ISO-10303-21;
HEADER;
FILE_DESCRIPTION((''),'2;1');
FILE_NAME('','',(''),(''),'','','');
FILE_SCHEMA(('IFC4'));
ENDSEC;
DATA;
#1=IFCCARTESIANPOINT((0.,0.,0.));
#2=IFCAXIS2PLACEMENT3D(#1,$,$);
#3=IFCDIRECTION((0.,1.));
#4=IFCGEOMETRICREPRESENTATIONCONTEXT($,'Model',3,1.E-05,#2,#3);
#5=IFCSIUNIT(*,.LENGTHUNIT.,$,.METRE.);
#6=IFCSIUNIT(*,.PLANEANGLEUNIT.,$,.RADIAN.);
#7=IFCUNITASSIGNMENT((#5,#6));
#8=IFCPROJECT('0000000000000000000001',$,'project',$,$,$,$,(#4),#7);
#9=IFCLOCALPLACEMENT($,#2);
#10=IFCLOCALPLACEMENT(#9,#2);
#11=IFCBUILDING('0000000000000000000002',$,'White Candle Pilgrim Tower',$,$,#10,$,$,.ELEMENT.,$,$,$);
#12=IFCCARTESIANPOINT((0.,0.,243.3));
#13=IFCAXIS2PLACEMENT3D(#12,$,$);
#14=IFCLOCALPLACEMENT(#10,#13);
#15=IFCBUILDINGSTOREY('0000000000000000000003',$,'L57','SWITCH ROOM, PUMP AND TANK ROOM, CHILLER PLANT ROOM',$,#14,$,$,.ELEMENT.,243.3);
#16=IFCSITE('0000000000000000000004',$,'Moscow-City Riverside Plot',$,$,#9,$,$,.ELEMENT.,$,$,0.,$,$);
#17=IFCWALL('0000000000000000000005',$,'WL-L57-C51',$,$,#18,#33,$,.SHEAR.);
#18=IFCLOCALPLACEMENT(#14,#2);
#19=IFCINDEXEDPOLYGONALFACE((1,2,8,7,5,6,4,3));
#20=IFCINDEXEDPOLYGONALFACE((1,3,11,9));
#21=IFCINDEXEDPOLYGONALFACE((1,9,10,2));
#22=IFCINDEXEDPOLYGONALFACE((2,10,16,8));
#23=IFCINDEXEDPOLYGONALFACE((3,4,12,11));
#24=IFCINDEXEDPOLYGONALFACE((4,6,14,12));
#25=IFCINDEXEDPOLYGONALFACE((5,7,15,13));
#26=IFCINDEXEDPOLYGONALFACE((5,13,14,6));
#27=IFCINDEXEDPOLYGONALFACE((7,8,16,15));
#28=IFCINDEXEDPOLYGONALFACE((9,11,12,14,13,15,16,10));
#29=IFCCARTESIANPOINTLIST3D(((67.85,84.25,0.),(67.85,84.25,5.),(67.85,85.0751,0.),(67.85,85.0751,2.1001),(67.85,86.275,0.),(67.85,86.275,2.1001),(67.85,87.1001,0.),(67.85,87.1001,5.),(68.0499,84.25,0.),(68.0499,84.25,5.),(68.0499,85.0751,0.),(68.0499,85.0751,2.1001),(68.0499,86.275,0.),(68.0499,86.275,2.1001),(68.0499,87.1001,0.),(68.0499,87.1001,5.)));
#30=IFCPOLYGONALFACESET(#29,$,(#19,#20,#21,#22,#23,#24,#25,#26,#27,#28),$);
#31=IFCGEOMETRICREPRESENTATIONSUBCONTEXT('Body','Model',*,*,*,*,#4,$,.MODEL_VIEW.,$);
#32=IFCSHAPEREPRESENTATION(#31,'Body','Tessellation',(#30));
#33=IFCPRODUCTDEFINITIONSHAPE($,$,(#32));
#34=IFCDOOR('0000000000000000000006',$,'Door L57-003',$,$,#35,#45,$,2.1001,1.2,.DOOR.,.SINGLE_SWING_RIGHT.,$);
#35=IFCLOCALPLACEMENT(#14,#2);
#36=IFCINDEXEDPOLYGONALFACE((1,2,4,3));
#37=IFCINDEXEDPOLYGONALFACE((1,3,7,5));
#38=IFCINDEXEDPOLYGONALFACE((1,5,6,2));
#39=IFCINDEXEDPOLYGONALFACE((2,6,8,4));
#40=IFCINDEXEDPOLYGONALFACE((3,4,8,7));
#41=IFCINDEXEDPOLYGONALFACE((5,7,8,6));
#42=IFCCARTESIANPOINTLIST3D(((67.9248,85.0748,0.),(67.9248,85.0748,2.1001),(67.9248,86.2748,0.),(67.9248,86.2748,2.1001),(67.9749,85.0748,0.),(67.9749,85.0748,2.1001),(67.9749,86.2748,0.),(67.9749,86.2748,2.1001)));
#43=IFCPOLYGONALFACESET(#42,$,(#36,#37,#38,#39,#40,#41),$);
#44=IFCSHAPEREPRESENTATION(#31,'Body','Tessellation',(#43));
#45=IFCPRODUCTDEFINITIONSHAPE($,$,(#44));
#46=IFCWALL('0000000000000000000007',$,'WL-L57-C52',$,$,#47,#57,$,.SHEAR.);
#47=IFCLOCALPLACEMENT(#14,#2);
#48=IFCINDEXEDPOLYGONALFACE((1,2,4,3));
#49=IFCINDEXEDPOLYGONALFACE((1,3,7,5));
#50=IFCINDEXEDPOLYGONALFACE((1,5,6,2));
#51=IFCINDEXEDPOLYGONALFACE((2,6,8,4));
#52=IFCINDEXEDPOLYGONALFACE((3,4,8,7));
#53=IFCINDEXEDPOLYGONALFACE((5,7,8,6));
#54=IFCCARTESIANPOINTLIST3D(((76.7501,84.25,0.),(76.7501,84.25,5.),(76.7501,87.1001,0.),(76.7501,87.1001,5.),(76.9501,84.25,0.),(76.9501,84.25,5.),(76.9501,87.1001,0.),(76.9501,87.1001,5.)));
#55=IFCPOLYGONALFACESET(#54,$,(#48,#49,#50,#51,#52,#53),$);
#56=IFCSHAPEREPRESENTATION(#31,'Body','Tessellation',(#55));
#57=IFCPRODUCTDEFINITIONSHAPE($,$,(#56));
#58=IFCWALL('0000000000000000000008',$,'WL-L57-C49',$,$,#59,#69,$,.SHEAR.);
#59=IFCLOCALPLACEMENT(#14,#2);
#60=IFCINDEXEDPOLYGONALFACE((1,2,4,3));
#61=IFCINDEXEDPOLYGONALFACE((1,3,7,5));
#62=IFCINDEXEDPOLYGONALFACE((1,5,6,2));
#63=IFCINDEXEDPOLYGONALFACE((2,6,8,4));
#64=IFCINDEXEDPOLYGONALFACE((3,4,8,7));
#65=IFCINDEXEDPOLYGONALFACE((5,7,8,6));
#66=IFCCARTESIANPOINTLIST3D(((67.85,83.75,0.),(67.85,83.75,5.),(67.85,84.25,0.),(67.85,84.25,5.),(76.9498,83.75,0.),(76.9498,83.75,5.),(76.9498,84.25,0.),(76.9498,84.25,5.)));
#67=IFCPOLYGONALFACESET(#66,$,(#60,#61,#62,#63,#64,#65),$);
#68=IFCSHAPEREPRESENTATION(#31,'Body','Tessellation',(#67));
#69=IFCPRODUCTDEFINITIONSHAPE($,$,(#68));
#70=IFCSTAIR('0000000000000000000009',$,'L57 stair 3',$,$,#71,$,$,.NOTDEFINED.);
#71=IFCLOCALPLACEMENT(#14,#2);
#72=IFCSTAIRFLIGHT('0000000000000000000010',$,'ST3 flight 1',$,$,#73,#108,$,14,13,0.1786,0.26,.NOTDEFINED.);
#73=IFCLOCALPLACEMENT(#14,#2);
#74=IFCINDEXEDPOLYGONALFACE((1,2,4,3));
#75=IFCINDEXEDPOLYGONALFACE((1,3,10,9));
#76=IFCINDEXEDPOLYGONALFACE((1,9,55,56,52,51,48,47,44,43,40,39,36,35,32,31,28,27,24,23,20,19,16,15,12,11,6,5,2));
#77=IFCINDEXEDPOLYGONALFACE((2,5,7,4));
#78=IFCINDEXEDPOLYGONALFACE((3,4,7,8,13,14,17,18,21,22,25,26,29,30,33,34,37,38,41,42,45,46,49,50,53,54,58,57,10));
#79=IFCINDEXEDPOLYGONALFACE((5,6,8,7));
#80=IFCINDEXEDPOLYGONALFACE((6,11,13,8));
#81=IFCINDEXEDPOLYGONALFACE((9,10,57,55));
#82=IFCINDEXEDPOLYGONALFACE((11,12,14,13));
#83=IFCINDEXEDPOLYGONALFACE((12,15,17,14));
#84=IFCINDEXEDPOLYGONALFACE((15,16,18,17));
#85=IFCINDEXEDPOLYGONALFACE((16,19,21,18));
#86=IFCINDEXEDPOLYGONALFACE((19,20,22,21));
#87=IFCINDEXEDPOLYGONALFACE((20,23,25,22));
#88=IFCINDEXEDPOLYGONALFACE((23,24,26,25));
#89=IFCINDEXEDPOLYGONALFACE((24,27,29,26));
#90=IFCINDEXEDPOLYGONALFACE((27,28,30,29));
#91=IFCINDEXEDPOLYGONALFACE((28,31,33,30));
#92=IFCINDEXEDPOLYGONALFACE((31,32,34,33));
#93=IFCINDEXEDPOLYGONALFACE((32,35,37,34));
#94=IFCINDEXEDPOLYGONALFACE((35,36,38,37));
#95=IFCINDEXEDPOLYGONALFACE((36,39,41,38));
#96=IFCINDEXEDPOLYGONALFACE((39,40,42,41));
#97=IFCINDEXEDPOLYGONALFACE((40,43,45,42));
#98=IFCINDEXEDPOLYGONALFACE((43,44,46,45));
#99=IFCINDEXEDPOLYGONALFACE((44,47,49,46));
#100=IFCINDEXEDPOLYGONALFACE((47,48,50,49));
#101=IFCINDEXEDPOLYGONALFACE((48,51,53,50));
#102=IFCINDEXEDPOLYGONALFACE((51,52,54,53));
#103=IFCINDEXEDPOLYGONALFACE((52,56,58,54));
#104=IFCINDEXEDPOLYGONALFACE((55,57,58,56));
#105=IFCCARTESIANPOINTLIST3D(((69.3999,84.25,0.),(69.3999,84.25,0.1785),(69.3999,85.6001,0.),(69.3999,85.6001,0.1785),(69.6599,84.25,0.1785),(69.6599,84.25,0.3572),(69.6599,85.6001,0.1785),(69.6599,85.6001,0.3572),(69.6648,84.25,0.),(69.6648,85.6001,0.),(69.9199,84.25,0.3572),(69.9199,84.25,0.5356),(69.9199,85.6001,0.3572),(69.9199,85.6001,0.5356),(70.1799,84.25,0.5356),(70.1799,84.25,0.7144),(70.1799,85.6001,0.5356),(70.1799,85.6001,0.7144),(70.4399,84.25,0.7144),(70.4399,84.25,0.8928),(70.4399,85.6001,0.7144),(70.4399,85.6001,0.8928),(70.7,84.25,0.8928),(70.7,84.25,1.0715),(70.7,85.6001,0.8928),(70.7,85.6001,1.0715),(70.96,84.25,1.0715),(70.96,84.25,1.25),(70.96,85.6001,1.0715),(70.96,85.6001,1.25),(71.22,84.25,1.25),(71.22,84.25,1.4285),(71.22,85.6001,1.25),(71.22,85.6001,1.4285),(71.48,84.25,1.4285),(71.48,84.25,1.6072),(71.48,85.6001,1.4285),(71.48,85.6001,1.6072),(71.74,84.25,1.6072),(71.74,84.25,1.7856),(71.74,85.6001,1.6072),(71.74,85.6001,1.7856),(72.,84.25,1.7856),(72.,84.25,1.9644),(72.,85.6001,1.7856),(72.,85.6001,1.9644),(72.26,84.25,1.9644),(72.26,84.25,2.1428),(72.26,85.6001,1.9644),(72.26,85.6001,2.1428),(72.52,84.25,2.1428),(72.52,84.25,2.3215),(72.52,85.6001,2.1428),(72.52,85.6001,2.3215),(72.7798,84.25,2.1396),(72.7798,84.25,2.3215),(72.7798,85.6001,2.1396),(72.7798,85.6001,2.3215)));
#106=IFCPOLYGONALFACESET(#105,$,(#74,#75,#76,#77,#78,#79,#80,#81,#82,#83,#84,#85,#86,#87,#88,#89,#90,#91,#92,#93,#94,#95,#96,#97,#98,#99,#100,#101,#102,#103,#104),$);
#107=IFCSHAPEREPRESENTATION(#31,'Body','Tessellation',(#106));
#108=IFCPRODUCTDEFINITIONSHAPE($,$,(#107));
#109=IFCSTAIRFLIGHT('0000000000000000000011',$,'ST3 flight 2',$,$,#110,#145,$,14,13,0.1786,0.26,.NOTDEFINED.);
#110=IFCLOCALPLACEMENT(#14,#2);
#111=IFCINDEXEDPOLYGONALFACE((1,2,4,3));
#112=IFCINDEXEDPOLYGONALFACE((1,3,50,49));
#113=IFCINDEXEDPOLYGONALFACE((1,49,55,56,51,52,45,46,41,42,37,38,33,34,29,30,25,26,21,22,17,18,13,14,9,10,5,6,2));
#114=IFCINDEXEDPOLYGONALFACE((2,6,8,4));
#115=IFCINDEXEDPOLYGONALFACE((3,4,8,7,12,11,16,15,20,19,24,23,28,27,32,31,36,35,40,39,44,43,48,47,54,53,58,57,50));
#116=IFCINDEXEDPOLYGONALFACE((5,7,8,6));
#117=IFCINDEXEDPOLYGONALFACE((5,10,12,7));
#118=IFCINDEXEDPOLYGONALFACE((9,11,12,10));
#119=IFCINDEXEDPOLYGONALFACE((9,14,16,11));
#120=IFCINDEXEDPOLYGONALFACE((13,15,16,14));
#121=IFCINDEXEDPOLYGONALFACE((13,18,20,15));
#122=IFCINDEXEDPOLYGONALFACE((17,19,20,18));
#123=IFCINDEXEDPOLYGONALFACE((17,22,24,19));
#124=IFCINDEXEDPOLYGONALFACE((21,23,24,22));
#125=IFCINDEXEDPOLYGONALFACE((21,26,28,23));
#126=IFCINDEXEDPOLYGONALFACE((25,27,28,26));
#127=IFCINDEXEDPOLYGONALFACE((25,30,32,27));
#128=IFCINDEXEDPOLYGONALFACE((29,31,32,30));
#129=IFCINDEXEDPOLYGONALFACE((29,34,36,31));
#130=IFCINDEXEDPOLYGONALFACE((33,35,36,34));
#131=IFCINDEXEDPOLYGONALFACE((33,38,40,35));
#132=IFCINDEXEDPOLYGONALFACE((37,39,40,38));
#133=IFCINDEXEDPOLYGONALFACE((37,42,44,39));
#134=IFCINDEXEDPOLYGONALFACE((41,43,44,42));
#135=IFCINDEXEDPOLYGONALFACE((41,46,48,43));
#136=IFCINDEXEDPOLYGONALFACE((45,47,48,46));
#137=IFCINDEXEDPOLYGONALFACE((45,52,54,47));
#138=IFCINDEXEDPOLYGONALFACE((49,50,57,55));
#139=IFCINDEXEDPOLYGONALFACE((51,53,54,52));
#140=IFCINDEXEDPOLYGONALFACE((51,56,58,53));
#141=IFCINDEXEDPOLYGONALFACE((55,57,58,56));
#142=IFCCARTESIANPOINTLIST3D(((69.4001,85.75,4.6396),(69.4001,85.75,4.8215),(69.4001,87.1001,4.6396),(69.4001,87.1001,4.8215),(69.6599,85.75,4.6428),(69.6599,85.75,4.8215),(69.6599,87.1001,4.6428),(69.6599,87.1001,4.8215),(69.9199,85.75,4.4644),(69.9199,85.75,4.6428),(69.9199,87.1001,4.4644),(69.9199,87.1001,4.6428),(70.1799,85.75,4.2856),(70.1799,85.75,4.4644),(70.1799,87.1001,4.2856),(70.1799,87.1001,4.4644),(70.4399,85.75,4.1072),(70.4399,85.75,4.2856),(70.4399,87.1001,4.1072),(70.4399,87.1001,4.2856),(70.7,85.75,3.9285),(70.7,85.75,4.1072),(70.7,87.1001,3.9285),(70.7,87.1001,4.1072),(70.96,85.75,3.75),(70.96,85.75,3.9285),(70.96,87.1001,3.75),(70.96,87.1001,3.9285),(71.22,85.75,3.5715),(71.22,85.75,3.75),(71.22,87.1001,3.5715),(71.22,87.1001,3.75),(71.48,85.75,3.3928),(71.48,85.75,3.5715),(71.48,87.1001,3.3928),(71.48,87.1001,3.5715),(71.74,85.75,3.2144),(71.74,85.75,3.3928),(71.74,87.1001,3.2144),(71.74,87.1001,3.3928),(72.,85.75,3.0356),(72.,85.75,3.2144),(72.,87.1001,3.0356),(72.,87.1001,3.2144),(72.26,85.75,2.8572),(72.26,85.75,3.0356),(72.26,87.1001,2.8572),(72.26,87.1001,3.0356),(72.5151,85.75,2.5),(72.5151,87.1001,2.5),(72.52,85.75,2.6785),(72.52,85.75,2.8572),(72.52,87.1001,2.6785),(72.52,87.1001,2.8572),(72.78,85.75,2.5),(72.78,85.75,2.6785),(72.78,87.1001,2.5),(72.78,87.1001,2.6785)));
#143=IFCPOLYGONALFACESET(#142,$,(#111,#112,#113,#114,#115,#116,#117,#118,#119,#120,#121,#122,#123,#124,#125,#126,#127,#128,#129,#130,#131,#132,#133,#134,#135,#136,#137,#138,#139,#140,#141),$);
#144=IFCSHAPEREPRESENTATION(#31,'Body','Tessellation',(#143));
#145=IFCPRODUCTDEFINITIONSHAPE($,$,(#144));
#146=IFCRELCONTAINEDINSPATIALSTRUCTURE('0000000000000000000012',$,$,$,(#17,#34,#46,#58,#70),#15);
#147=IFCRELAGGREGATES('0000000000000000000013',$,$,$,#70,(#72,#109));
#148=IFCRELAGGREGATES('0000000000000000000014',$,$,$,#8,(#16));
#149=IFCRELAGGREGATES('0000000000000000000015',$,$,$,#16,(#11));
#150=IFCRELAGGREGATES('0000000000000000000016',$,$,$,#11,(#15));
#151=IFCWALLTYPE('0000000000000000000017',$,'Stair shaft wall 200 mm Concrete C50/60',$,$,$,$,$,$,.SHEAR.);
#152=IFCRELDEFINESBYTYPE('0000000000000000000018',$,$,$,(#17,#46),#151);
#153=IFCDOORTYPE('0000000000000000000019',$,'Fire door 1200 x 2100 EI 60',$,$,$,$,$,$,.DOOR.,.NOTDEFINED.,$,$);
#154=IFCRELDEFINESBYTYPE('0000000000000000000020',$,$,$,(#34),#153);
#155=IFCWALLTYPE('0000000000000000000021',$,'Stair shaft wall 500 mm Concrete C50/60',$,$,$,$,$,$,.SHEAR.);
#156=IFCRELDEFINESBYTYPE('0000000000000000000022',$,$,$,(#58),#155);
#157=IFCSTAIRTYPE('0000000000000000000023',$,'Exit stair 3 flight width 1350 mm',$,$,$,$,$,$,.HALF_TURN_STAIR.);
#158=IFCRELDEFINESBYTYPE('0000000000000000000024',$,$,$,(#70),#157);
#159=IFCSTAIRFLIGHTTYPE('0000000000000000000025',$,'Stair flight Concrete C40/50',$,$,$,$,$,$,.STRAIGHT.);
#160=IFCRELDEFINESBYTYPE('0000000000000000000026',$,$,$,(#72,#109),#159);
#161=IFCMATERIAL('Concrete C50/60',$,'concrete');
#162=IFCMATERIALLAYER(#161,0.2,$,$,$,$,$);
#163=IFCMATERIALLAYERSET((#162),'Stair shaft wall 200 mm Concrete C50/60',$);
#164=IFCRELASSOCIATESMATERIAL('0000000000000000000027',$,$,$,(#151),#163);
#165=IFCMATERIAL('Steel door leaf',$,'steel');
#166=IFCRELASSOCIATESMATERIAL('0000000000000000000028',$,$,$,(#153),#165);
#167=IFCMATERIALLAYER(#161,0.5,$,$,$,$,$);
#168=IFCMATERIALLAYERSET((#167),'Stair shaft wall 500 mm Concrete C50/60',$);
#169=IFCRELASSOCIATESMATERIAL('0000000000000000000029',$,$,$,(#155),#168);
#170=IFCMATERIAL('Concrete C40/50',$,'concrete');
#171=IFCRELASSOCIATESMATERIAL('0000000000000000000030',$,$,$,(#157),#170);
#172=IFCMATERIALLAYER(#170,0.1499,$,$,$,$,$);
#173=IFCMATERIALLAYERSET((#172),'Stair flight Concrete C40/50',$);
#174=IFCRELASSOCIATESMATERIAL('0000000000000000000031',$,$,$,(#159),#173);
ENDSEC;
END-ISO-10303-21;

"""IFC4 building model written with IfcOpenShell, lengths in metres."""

from ifc_helpers import new_model, si_unit, direction, frame, frame_2d, origin, place, context, subcontext, project, spatial, polyline, rectangle, outline, extrude, material, layer, layer_set, type_object, element, fill, aggregate, save


model = new_model("IFC4")

# Units and contexts
model_context = context("Model", 3, precision=1e-05, world=origin(), true_north=direction((0.0, 1.0)))
body_context = subcontext(model_context, "Body", "Model", "MODEL_VIEW")
ifc_project = project(units=[si_unit("LENGTHUNIT", "METRE"), si_unit("PLANEANGLEUNIT", "RADIAN")], contexts=[model_context])

# Site, building, storey
site_placement = place(None, origin())
site = spatial("IfcSite", under=ifc_project, at=site_placement, Name="Moscow-City Riverside Plot", CompositionType="ELEMENT", RefElevation=0.0)
building_placement = place(site_placement, origin())
building = spatial("IfcBuilding", under=site, at=building_placement, Name="White Candle Pilgrim Tower", CompositionType="ELEMENT")
storey_placement = place(building_placement, frame((0.0, 0.0, 243.3)))
storey = spatial("IfcBuildingStorey", under=building, at=storey_placement, Name="L57", Description="SWITCH ROOM, PUMP AND TANK ROOM, CHILLER PLANT ROOM", CompositionType="ELEMENT", Elevation=243.3)

# Shared definitions
ifc_material_1 = material(Name="Concrete C50/60", Category="concrete")

# Shared definitions
ifc_layer_1 = layer(ifc_material_1, 0.2)
ifc_layer_set_1 = layer_set([ifc_layer_1], Name="Stair shaft wall 200 mm Concrete C50/60")
wall_type_1 = type_object("IfcWallType", Name="Stair shaft wall 200 mm Concrete C50/60", PredefinedType="SHEAR", material=ifc_layer_set_1)

# Wall, opening, door
wall_1_placement = place(storey_placement, frame((67.95, 84.25, 0.0), z_axis=(0.0, 0.0, 1.0), x_axis=(0.0, 1.0, 0.0)))
wall_1 = element("IfcWall", 1, at=wall_1_placement, inside=storey, type_object=wall_type_1, Name="WL-L57-C51", PredefinedType="SHEAR", context=body_context, shape_type="SweptSolid", body=[
    extrude(rectangle(XDim=2.8501, YDim=0.2, at=frame_2d((1.425, 0.0))), origin(), (0.0, 0.0, 1.0), 5.0),
])
opening_1_placement = place(wall_1_placement, frame((0.825, 0.0, 0.0)))
opening_1 = element("IfcOpeningElement", 2, at=opening_1_placement, cuts=wall_1, PredefinedType="OPENING", context=body_context, shape_type="SweptSolid", body=[
    extrude(rectangle(XDim=1.2, YDim=2.1001, at=frame_2d((0.6001, 1.05))), frame((0.0, 0.1099, 0.0), z_axis=(0.0, -1.0, 0.0), x_axis=(1.0, 0.0, 0.0)), (0.0, 0.0, 1.0), 0.22),
])
ifc_material_2 = material(Name="Steel door leaf", Category="steel")
door_type_1 = type_object("IfcDoorType", Name="Fire door 1200 x 2100 EI 60", OperationType="NOTDEFINED", PredefinedType="DOOR", material=ifc_material_2)
door_1_placement = place(opening_1_placement, frame((1.2, 0.0, 0.0), z_axis=(0.0, 0.0, 1.0), x_axis=(-1.0, 0.0, 0.0)))
door_1 = element("IfcDoor", 3, at=door_1_placement, inside=storey, type_object=door_type_1, Name="Door L57-003", OperationType="SINGLE_SWING_RIGHT", OverallHeight=2.1001, OverallWidth=1.2, PredefinedType="DOOR", context=body_context, shape_type="SweptSolid", body=[
    extrude(rectangle(XDim=1.2, YDim=2.1001, at=frame_2d((0.6001, 1.05))), frame((0.0, 0.0249, 0.0), z_axis=(0.0, -1.0, 0.0), x_axis=(1.0, 0.0, 0.0)), (0.0, 0.0, 1.0), 0.05),
])
fill(opening_1, door_1)

# Walls
wall_2_placement = place(storey_placement, frame((76.8501, 84.25, 0.0), z_axis=(0.0, 0.0, 1.0), x_axis=(0.0, 1.0, 0.0)))
element("IfcWall", 4, at=wall_2_placement, inside=storey, type_object=wall_type_1, Name="WL-L57-C52", PredefinedType="SHEAR", context=body_context, shape_type="SweptSolid", body=[
    extrude(rectangle(XDim=2.8501, YDim=0.2, at=frame_2d((1.425, 0.0))), origin(), (0.0, 0.0, 1.0), 5.0),
])
ifc_layer_2 = layer(ifc_material_1, 0.5)
ifc_layer_set_2 = layer_set([ifc_layer_2], Name="Stair shaft wall 500 mm Concrete C50/60")
wall_type_2 = type_object("IfcWallType", Name="Stair shaft wall 500 mm Concrete C50/60", PredefinedType="SHEAR", material=ifc_layer_set_2)
wall_3_placement = place(storey_placement, frame((67.8501, 84.0, 0.0), z_axis=(0.0, 0.0, 1.0), x_axis=(1.0, 0.0, 0.0)))
element("IfcWall", 5, at=wall_3_placement, inside=storey, type_object=wall_type_2, Name="WL-L57-C49", PredefinedType="SHEAR", context=body_context, shape_type="SweptSolid", body=[
    extrude(rectangle(XDim=9.0999, YDim=0.5, at=frame_2d((4.5498, 0.0))), origin(), (0.0, 0.0, 1.0), 5.0),
])

# Stair, stair flights
ifc_material_3 = material(Name="Concrete C40/50", Category="concrete")
stair_type = type_object("IfcStairType", Name="Exit stair 3 flight width 1350 mm", PredefinedType="HALF_TURN_STAIR", material=ifc_material_3)
stair_placement = place(storey_placement, origin())
stair = element("IfcStair", 6, at=stair_placement, inside=storey, type_object=stair_type, Name="L57 stair 3", PredefinedType="NOTDEFINED")
ifc_layer_3 = layer(ifc_material_3, 0.1499)
ifc_layer_set_3 = layer_set([ifc_layer_3], Name="Stair flight Concrete C40/50")
stair_flight_type = type_object("IfcStairFlightType", Name="Stair flight Concrete C40/50", PredefinedType="STRAIGHT", material=ifc_layer_set_3)
stair_flight_1_placement = place(storey_placement, frame((69.3999, 84.925, 0.0), z_axis=(0.0, 0.0, 1.0), x_axis=(1.0, 0.0, 0.0)))
stair_flight_1 = element("IfcStairFlight", 7, at=stair_flight_1_placement, type_object=stair_flight_type, Name="ST3 flight 1", NumberOfRisers=14, NumberOfTreads=13, PredefinedType="NOTDEFINED", RiserHeight=0.1786, TreadLength=0.26, context=body_context, shape_type="SweptSolid", body=[
    extrude(outline(polyline([(0.0, 0.0), (0.0, 0.1785), (0.26, 0.1785), (0.26, 0.3572), (0.52, 0.3572), (0.52, 0.5356), (0.78, 0.5356), (0.78, 0.7144), (1.04, 0.7144), (1.04, 0.8928), (1.3, 0.8928), (1.3, 1.0715), (1.5601, 1.0715), (1.5601, 1.25), (1.8201, 1.25), (1.8201, 1.4285), (2.0801, 1.4285), (2.0801, 1.6072), (2.3401, 1.6072), (2.3401, 1.7856), (2.6001, 1.7856), (2.6001, 1.9644), (2.8601, 1.9644), (2.8601, 2.1428), (3.1201, 2.1428), (3.1201, 2.3215), (3.3799, 2.3215), (3.3799, 2.5), (3.3799, 2.1396), (0.2649, 0.0), (0.0, 0.0)])), frame((0.0, 0.675, 0.0), z_axis=(0.0, -1.0, 0.0), x_axis=(1.0, 0.0, 0.0)), (0.0, 0.0, 1.0), 1.3501),
])
stair_flight_2_placement = place(storey_placement, frame((72.78, 86.425, 2.5), z_axis=(0.0, 0.0, 1.0), x_axis=(-1.0, 0.0, 0.0)))
stair_flight_2 = element("IfcStairFlight", 8, at=stair_flight_2_placement, type_object=stair_flight_type, Name="ST3 flight 2", NumberOfRisers=14, NumberOfTreads=13, PredefinedType="NOTDEFINED", RiserHeight=0.1786, TreadLength=0.26, context=body_context, shape_type="SweptSolid", body=[
    extrude(outline(polyline([(0.0, 0.0), (0.0, 0.1785), (0.26, 0.1785), (0.26, 0.3572), (0.52, 0.3572), (0.52, 0.5356), (0.78, 0.5356), (0.78, 0.7144), (1.04, 0.7144), (1.04, 0.8928), (1.3, 0.8928), (1.3, 1.0715), (1.5601, 1.0715), (1.5601, 1.25), (1.8201, 1.25), (1.8201, 1.4285), (2.0801, 1.4285), (2.0801, 1.6072), (2.3401, 1.6072), (2.3401, 1.7856), (2.6001, 1.7856), (2.6001, 1.9644), (2.8601, 1.9644), (2.8601, 2.1428), (3.1201, 2.1428), (3.1201, 2.3215), (3.3799, 2.3215), (3.3799, 2.5), (3.3799, 2.1396), (0.2649, 0.0), (0.0, 0.0)])), frame((0.0, 0.675, 0.0), z_axis=(0.0, -1.0, 0.0), x_axis=(1.0, 0.0, 0.0)), (0.0, 0.0, 1.0), 1.3501),
])
aggregate(stair, [stair_flight_1, stair_flight_2])

save(model, "model.ifc")
